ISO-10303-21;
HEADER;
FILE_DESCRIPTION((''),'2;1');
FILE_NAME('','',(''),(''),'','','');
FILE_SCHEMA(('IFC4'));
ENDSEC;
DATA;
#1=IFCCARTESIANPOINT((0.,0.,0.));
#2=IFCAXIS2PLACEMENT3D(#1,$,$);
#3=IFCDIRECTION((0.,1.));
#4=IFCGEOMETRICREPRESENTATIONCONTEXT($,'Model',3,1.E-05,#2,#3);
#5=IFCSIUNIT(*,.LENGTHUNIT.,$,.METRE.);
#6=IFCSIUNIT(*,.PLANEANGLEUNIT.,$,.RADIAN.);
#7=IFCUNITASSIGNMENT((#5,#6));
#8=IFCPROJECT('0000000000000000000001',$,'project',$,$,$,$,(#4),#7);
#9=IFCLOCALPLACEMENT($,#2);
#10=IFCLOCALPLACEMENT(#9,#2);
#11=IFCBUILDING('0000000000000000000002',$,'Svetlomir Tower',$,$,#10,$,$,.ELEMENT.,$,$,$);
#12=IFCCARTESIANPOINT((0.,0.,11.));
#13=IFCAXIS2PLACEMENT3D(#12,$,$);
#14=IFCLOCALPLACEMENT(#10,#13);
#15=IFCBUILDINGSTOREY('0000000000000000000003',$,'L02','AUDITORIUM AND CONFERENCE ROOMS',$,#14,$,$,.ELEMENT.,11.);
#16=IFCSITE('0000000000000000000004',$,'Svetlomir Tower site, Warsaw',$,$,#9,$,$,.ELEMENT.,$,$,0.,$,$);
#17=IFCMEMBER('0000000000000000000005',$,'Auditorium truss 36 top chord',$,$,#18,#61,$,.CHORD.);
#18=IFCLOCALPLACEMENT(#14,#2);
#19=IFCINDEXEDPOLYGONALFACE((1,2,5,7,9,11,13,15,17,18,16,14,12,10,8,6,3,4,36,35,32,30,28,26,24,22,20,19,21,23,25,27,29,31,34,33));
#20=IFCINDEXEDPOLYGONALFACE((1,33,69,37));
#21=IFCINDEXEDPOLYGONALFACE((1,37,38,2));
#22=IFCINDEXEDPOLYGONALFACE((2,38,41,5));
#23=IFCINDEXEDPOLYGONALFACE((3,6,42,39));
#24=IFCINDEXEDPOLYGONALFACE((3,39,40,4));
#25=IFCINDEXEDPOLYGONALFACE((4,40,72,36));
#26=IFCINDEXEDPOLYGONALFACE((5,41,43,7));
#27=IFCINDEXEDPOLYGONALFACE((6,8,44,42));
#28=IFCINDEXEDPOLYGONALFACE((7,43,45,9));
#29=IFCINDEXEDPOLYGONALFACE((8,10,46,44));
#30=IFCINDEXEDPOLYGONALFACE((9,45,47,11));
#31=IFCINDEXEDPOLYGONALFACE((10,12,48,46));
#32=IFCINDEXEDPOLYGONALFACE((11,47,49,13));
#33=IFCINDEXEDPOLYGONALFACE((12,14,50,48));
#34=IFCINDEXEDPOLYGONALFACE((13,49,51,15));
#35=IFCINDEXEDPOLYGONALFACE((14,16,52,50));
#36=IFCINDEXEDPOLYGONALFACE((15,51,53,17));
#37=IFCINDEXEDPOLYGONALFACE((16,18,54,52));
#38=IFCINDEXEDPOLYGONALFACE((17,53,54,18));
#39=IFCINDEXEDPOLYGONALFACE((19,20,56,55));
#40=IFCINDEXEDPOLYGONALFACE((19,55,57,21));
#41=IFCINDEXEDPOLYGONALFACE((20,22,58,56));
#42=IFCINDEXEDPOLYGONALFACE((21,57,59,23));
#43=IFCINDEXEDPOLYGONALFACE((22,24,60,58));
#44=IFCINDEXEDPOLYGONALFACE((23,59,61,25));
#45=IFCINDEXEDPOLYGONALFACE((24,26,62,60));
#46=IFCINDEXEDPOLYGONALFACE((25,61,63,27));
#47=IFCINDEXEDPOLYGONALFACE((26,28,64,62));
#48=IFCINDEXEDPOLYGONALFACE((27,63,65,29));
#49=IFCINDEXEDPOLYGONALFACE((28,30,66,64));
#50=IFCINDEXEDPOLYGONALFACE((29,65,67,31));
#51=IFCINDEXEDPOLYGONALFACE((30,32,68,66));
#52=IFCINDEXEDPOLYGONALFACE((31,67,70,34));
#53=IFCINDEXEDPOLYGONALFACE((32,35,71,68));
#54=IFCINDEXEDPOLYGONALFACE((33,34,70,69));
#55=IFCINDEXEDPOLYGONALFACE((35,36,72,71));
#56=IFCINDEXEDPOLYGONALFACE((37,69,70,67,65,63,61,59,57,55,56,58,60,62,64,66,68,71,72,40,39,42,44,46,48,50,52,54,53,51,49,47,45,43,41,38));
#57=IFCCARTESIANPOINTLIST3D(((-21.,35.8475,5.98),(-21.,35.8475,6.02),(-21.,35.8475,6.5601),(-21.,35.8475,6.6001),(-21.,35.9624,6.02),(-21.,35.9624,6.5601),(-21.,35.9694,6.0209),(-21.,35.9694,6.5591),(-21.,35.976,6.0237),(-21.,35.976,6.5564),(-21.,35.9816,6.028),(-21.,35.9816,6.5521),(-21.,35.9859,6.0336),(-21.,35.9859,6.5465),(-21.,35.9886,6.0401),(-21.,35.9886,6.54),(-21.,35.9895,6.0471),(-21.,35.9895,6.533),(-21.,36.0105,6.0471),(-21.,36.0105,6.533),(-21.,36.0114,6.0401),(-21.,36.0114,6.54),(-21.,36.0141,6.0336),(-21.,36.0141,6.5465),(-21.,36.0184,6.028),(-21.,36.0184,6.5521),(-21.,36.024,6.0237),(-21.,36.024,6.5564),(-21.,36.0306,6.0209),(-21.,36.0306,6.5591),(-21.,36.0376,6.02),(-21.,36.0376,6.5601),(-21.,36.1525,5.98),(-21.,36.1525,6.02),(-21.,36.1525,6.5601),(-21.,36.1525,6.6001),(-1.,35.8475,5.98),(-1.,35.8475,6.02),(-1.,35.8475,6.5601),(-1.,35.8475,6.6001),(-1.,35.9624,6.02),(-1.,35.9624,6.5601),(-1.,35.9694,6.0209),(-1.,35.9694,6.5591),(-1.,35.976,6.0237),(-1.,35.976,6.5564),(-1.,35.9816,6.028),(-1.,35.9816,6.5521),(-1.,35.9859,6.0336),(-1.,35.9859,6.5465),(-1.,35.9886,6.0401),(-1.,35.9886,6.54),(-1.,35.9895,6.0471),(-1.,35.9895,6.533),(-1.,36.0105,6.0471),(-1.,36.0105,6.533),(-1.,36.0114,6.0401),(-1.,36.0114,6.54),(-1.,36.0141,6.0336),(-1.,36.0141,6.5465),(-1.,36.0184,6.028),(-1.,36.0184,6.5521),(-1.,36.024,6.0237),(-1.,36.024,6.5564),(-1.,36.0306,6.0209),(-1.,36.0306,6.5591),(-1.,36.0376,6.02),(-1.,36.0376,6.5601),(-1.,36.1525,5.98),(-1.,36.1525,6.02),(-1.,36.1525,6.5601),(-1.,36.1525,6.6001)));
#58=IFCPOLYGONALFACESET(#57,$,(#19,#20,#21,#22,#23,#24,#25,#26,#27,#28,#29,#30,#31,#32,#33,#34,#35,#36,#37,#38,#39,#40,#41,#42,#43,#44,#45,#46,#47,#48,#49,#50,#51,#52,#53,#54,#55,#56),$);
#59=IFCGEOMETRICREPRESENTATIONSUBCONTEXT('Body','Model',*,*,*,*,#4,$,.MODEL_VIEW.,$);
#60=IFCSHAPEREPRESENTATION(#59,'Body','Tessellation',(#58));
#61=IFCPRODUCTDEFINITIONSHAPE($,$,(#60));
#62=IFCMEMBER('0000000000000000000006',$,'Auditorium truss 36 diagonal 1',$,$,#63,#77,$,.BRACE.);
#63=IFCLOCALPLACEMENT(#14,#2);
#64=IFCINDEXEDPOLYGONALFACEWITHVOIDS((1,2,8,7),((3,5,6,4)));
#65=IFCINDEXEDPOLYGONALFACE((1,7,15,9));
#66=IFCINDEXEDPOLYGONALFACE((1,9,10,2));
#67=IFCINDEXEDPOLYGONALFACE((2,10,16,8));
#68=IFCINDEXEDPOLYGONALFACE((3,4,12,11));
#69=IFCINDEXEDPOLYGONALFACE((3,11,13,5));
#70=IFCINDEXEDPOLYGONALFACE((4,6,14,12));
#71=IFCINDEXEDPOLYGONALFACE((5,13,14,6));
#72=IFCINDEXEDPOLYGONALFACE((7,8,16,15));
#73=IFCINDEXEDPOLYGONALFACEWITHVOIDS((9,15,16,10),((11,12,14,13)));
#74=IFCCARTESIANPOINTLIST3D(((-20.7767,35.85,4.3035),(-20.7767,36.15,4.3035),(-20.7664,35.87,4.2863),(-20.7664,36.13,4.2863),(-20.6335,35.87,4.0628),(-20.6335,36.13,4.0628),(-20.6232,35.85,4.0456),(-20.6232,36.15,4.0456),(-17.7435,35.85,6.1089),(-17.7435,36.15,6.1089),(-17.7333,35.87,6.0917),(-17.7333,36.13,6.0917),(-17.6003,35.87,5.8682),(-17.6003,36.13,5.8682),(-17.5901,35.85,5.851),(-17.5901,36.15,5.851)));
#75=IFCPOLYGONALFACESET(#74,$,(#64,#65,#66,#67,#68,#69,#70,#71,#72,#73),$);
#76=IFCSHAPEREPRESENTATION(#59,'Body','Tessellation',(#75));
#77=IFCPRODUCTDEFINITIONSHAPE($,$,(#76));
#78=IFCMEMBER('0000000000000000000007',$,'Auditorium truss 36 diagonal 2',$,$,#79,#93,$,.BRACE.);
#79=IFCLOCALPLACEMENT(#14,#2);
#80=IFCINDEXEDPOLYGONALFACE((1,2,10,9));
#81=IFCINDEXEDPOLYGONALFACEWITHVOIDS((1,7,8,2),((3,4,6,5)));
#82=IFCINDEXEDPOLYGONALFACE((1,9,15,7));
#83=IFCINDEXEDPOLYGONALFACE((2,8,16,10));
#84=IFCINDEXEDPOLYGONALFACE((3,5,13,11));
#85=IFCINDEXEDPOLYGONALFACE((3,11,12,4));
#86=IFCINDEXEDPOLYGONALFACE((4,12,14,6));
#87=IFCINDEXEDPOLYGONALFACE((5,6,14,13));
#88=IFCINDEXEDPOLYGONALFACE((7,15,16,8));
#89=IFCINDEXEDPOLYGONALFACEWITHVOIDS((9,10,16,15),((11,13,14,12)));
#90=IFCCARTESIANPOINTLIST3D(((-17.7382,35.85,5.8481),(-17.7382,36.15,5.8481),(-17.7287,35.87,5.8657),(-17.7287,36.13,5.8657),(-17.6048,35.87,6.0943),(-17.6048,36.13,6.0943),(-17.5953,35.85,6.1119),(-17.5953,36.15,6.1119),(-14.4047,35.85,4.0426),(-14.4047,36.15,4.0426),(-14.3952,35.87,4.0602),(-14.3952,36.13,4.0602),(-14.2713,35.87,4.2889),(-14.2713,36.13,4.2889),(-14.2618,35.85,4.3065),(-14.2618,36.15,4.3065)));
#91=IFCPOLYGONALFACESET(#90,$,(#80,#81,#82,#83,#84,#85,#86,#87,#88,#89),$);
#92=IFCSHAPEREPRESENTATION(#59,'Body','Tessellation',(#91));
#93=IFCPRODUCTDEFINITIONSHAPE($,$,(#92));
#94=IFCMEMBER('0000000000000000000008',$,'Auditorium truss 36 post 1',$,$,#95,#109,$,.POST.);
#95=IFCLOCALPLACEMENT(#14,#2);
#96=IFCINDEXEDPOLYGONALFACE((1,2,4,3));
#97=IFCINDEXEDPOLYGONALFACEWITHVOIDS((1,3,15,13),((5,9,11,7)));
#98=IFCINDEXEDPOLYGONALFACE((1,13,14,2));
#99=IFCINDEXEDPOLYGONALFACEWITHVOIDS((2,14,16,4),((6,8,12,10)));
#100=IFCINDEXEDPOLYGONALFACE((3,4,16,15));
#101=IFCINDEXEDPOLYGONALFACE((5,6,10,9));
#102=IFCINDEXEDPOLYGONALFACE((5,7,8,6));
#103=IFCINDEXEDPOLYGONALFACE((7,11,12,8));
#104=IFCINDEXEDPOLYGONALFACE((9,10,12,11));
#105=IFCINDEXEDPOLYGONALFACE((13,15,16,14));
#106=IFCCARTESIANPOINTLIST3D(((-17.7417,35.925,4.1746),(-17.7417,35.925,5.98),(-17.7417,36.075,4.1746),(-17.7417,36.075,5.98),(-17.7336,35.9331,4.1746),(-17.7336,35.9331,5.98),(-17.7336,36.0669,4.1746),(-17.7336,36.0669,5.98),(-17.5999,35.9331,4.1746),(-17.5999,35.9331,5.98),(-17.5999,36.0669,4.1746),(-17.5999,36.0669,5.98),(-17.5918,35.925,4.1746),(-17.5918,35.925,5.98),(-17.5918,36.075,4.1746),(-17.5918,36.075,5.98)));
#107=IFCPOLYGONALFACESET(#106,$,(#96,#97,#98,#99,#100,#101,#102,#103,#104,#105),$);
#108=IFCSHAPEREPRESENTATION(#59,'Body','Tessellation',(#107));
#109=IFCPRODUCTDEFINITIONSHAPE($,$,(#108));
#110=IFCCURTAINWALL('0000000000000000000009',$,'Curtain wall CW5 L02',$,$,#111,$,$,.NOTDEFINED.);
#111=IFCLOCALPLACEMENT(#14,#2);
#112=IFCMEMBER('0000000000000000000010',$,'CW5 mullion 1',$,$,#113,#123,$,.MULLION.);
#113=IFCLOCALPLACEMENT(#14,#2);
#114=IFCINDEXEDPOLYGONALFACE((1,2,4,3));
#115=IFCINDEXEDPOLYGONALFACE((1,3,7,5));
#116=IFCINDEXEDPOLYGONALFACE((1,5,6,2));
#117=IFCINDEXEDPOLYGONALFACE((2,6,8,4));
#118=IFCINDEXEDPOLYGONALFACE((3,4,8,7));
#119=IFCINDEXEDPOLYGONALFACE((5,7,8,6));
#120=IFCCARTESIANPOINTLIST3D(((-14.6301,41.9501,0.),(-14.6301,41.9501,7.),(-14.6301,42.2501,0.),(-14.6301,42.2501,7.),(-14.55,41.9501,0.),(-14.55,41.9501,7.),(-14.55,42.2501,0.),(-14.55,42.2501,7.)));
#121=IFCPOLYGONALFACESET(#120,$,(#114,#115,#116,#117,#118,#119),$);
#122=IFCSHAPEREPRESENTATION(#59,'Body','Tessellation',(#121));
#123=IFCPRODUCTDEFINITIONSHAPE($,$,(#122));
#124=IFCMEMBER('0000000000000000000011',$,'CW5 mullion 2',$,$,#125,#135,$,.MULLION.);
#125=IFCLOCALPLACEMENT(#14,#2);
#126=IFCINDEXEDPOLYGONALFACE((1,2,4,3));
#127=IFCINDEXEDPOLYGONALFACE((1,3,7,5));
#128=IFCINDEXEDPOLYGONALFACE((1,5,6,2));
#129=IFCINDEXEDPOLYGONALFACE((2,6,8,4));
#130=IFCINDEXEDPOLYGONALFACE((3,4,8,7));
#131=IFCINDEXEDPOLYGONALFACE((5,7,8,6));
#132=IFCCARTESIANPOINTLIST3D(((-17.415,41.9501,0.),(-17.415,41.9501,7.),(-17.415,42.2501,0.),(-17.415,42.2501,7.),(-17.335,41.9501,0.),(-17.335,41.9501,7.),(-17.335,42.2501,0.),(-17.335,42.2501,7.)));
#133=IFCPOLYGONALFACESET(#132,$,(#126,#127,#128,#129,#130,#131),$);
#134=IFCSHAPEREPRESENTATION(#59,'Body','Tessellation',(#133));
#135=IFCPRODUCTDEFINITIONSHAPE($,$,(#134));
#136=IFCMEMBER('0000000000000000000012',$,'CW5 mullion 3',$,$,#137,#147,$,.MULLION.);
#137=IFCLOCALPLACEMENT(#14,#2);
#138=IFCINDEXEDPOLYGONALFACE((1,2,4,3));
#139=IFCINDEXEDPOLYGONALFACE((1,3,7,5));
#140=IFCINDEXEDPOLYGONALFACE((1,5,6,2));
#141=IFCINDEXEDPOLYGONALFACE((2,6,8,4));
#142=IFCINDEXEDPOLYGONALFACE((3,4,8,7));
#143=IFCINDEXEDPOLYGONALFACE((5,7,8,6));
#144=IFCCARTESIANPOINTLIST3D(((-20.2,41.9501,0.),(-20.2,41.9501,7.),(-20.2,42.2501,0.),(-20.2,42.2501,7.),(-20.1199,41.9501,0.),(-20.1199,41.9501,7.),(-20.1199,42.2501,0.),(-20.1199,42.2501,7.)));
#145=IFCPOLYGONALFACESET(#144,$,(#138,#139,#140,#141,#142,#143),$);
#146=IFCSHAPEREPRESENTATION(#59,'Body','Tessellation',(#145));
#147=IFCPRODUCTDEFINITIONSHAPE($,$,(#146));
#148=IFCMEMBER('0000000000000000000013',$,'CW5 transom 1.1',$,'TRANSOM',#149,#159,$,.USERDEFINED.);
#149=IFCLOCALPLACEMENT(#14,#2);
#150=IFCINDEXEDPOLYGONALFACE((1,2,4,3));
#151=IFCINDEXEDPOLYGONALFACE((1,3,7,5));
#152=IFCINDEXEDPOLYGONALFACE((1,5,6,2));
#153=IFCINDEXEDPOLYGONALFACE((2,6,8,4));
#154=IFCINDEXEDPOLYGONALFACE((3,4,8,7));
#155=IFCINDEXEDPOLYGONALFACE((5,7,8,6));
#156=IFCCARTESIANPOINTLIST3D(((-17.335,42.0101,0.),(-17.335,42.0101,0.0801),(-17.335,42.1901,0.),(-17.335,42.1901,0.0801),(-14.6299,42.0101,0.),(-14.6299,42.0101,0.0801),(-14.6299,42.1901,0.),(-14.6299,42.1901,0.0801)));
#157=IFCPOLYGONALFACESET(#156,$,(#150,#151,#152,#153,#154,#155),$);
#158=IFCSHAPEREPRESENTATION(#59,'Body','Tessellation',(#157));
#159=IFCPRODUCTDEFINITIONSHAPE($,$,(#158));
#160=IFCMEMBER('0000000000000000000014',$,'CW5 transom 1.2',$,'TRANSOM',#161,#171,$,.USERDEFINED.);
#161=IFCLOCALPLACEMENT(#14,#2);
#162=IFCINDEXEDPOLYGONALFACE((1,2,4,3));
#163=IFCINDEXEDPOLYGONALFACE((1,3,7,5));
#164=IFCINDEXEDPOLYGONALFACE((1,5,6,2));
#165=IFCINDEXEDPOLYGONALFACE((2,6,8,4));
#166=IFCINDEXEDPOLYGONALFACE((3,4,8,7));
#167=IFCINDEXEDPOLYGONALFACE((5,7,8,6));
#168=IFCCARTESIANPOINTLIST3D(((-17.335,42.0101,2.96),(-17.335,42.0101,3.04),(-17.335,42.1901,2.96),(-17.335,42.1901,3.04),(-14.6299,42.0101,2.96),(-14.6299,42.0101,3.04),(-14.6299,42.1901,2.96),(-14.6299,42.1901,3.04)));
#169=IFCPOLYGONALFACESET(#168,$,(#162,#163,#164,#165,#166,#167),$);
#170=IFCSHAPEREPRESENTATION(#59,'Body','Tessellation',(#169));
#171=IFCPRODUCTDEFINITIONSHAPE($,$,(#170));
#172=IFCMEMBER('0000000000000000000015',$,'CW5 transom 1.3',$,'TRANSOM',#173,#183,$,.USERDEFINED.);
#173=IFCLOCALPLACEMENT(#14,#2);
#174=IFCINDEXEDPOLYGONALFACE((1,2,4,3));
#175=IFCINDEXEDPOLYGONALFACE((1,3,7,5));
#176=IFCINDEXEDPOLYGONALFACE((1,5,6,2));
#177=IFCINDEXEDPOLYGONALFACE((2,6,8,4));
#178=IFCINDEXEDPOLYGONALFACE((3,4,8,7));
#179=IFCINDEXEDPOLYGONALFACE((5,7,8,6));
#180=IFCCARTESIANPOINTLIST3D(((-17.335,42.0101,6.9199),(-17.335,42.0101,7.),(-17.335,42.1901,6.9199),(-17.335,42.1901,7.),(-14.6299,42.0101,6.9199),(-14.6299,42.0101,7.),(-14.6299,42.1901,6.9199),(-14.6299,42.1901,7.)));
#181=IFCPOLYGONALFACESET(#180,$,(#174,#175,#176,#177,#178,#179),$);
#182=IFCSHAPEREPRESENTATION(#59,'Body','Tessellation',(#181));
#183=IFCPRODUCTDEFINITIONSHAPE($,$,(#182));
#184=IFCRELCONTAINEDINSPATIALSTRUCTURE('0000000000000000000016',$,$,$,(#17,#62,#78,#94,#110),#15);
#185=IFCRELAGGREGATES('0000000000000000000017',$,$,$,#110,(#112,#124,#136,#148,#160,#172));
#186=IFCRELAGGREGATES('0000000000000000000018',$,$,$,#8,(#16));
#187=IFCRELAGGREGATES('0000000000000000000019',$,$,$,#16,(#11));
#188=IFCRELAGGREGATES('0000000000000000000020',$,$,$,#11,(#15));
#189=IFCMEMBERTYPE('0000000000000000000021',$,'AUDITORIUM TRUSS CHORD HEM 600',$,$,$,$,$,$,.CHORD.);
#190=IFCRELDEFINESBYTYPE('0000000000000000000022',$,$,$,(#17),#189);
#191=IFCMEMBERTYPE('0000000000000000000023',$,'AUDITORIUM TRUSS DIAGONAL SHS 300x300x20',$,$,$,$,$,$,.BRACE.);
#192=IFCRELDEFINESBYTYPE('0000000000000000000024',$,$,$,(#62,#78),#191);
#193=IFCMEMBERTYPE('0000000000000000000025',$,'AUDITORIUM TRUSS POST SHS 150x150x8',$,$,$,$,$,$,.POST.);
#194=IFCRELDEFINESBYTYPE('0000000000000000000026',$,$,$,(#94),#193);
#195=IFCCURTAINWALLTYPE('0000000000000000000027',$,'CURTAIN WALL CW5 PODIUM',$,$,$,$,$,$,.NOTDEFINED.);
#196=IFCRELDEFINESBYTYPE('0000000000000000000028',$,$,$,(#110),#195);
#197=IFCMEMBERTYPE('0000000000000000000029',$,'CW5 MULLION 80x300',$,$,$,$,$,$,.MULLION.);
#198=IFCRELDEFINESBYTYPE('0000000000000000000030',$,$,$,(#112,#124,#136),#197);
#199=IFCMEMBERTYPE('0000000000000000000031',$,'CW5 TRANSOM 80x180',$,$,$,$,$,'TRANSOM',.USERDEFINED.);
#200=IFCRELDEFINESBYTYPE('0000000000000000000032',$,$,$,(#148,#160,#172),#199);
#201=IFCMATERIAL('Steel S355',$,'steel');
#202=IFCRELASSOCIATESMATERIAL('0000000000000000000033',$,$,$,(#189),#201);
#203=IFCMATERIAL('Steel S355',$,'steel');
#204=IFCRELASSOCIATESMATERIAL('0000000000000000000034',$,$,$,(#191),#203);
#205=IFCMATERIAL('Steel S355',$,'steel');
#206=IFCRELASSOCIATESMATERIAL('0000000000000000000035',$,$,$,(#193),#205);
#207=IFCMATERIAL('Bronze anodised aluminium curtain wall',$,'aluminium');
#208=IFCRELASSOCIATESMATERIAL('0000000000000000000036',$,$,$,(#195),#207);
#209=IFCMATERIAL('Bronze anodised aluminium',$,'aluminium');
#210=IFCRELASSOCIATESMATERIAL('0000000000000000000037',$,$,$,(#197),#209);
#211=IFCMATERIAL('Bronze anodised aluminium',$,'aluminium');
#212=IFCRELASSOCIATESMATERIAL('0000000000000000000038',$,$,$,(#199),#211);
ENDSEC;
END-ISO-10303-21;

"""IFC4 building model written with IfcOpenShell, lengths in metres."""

from ifc_helpers import new_model, si_unit, direction, frame, origin, origin_2d, place, context, subcontext, project, spatial, rectangle, hollow_rectangle, i_section, extrude, material, material_profile, profile_set, type_object, element, aggregate, save


model = new_model("IFC4")

# Units and contexts
model_context = context("Model", 3, precision=1e-05, world=origin(), true_north=direction((0.0, 1.0)))
body_context = subcontext(model_context, "Body", "Model", "MODEL_VIEW")
ifc_project = project(units=[si_unit("LENGTHUNIT", "METRE"), si_unit("PLANEANGLEUNIT", "RADIAN")], contexts=[model_context])

# Site, building, storey
site_placement = place(None, origin())
site = spatial("IfcSite", under=ifc_project, at=site_placement, Name="Svetlomir Tower site, Warsaw", CompositionType="ELEMENT", RefElevation=0.0)
building_placement = place(site_placement, origin())
building = spatial("IfcBuilding", under=site, at=building_placement, Name="Svetlomir Tower", CompositionType="ELEMENT")
storey_placement = place(building_placement, frame((0.0, 0.0, 11.0)))
storey = spatial("IfcBuildingStorey", under=building, at=storey_placement, Name="L02", Description="AUDITORIUM AND CONFERENCE ROOMS", CompositionType="ELEMENT", Elevation=11.0)

# Members
ifc_material_1 = material(Name="Steel S355", Category="steel")
ifc_material_profile_1 = material_profile(ifc_material_1, i_section(OverallWidth=0.3049, OverallDepth=0.6201, WebThickness=0.021, FlangeThickness=0.04, FilletRadius=0.0271, at=origin_2d()), Name="HEM 600")
ifc_profile_set_1 = profile_set([ifc_material_profile_1], Name="Steel S355")
member_type_1 = type_object("IfcMemberType", Name="AUDITORIUM TRUSS CHORD HEM 600", PredefinedType="CHORD", material=ifc_profile_set_1)
member_1_placement = place(storey_placement, frame((-21.0, 36.0, 6.29), z_axis=(1.0, 0.0, 0.0), x_axis=(0.0, 1.0, 0.0)))
element("IfcMember", 1, at=member_1_placement, inside=storey, type_object=member_type_1, Name="Auditorium truss 36 top chord", PredefinedType="CHORD", context=body_context, shape_type="SweptSolid", body=[
    extrude(i_section(OverallWidth=0.3049, OverallDepth=0.6201, WebThickness=0.021, FlangeThickness=0.04, FilletRadius=0.0271, at=origin_2d()), origin(), (0.0, 0.0, 1.0), 20.0),
])
ifc_material_2 = material(Name="Steel S355", Category="steel")
ifc_material_profile_2 = material_profile(ifc_material_2, hollow_rectangle(XDim=0.3, YDim=0.3, WallThickness=0.02, at=origin_2d()), Name="SHS 300x300x20")
ifc_profile_set_2 = profile_set([ifc_material_profile_2], Name="Steel S355")
member_type_2 = type_object("IfcMemberType", Name="AUDITORIUM TRUSS DIAGONAL SHS 300x300x20", PredefinedType="BRACE", material=ifc_profile_set_2)
member_2_placement = place(storey_placement, frame((-20.7, 36.0, 4.1746), z_axis=(0.8593, 0.0, 0.511472), x_axis=(0.0, 1.0, 0.0)))
element("IfcMember", 2, at=member_2_placement, inside=storey, type_object=member_type_2, Name="Auditorium truss 36 diagonal 1", PredefinedType="BRACE", context=body_context, shape_type="SweptSolid", body=[
    extrude(hollow_rectangle(XDim=0.3, YDim=0.3, WallThickness=0.02, at=origin_2d()), origin(), (0.0, 0.0, 1.0), 3.5298),
])
member_3_placement = place(storey_placement, frame((-17.6667, 36.0, 5.98), z_axis=(0.879317, 0.0, -0.476238), x_axis=(0.0, 1.0, 0.0)))
element("IfcMember", 3, at=member_3_placement, inside=storey, type_object=member_type_2, Name="Auditorium truss 36 diagonal 2", PredefinedType="BRACE", context=body_context, shape_type="SweptSolid", body=[
    extrude(hollow_rectangle(XDim=0.3, YDim=0.3, WallThickness=0.02, at=origin_2d()), origin(), (0.0, 0.0, 1.0), 3.791),
])
ifc_material_3 = material(Name="Steel S355", Category="steel")
ifc_material_profile_3 = material_profile(ifc_material_3, hollow_rectangle(XDim=0.1499, YDim=0.1499, WallThickness=0.0081, at=origin_2d()), Name="SHS 150x150x8")
ifc_profile_set_3 = profile_set([ifc_material_profile_3], Name="Steel S355")
member_type_3 = type_object("IfcMemberType", Name="AUDITORIUM TRUSS POST SHS 150x150x8", PredefinedType="POST", material=ifc_profile_set_3)
member_4_placement = place(storey_placement, frame((-17.6667, 36.0, 4.1746), z_axis=(0.0, 0.0, 1.0), x_axis=(1.0, 0.0, 0.0)))
element("IfcMember", 4, at=member_4_placement, inside=storey, type_object=member_type_3, Name="Auditorium truss 36 post 1", PredefinedType="POST", context=body_context, shape_type="SweptSolid", body=[
    extrude(hollow_rectangle(XDim=0.1499, YDim=0.1499, WallThickness=0.0081, at=origin_2d()), origin(), (0.0, 0.0, 1.0), 1.8054),
])

# Curtain wall, members
ifc_material_4 = material(Name="Bronze anodised aluminium curtain wall", Category="aluminium")
curtain_wall_type = type_object("IfcCurtainWallType", Name="CURTAIN WALL CW5 PODIUM", PredefinedType="NOTDEFINED", material=ifc_material_4)
curtain_wall_placement = place(storey_placement, origin())
curtain_wall = element("IfcCurtainWall", 5, at=curtain_wall_placement, inside=storey, type_object=curtain_wall_type, Name="Curtain wall CW5 L02", PredefinedType="NOTDEFINED")
ifc_material_5 = material(Name="Bronze anodised aluminium", Category="aluminium")
ifc_material_profile_4 = material_profile(ifc_material_5, rectangle(XDim=0.0801, YDim=0.3, at=origin_2d()), Name="AL 80x300")
ifc_profile_set_4 = profile_set([ifc_material_profile_4], Name="Bronze anodised aluminium 6063-T6")
member_type_4 = type_object("IfcMemberType", Name="CW5 MULLION 80x300", PredefinedType="MULLION", material=ifc_profile_set_4)
member_5_placement = place(storey_placement, frame((-14.5901, 42.1001, 0.0), z_axis=(0.0, 0.0, 1.0), x_axis=(-1.0, 0.0, 0.0)))
member_5 = element("IfcMember", 6, at=member_5_placement, type_object=member_type_4, Name="CW5 mullion 1", PredefinedType="MULLION", context=body_context, shape_type="SweptSolid", body=[
    extrude(rectangle(XDim=0.0801, YDim=0.3, at=origin_2d()), origin(), (0.0, 0.0, 1.0), 7.0),
])
member_6_placement = place(storey_placement, frame((-17.375, 42.1001, 0.0), z_axis=(0.0, 0.0, 1.0), x_axis=(-1.0, 0.0, 0.0)))
member_6 = element("IfcMember", 7, at=member_6_placement, type_object=member_type_4, Name="CW5 mullion 2", PredefinedType="MULLION", context=body_context, shape_type="SweptSolid", body=[
    extrude(rectangle(XDim=0.0801, YDim=0.3, at=origin_2d()), origin(), (0.0, 0.0, 1.0), 7.0),
])
member_7_placement = place(storey_placement, frame((-20.1599, 42.1001, 0.0), z_axis=(0.0, 0.0, 1.0), x_axis=(-1.0, 0.0, 0.0)))
member_7 = element("IfcMember", 8, at=member_7_placement, type_object=member_type_4, Name="CW5 mullion 3", PredefinedType="MULLION", context=body_context, shape_type="SweptSolid", body=[
    extrude(rectangle(XDim=0.0801, YDim=0.3, at=origin_2d()), origin(), (0.0, 0.0, 1.0), 7.0),
])
ifc_material_6 = material(Name="Bronze anodised aluminium", Category="aluminium")
ifc_material_profile_5 = material_profile(ifc_material_6, rectangle(XDim=0.1799, YDim=0.0801, at=origin_2d()), Name="AL 180x80")
ifc_profile_set_5 = profile_set([ifc_material_profile_5], Name="Bronze anodised aluminium 6063-T6")
member_type_5 = type_object("IfcMemberType", Name="CW5 TRANSOM 80x180", ElementType="TRANSOM", PredefinedType="USERDEFINED", material=ifc_profile_set_5)
member_8_placement = place(storey_placement, frame((-14.6299, 42.1001, 0.04), z_axis=(-1.0, 0.0, 0.0), x_axis=(0.0, -1.0, 0.0)))
member_8 = element("IfcMember", 9, at=member_8_placement, type_object=member_type_5, Name="CW5 transom 1.1", ObjectType="TRANSOM", PredefinedType="USERDEFINED", context=body_context, shape_type="SweptSolid", body=[
    extrude(rectangle(XDim=0.1799, YDim=0.0801, at=origin_2d()), origin(), (0.0, 0.0, 1.0), 2.7051),
])
member_9_placement = place(storey_placement, frame((-14.6299, 42.1001, 3.0), z_axis=(-1.0, 0.0, 0.0), x_axis=(0.0, -1.0, 0.0)))
member_9 = element("IfcMember", 10, at=member_9_placement, type_object=member_type_5, Name="CW5 transom 1.2", ObjectType="TRANSOM", PredefinedType="USERDEFINED", context=body_context, shape_type="SweptSolid", body=[
    extrude(rectangle(XDim=0.1799, YDim=0.0801, at=origin_2d()), origin(), (0.0, 0.0, 1.0), 2.7051),
])
member_10_placement = place(storey_placement, frame((-14.6299, 42.1001, 6.96), z_axis=(-1.0, 0.0, 0.0), x_axis=(0.0, -1.0, 0.0)))
member_10 = element("IfcMember", 11, at=member_10_placement, type_object=member_type_5, Name="CW5 transom 1.3", ObjectType="TRANSOM", PredefinedType="USERDEFINED", context=body_context, shape_type="SweptSolid", body=[
    extrude(rectangle(XDim=0.1799, YDim=0.0801, at=origin_2d()), origin(), (0.0, 0.0, 1.0), 2.7051),
])

aggregate(curtain_wall, [member_5, member_6, member_7, member_8, member_9, member_10])

save(model, "model.ifc")
